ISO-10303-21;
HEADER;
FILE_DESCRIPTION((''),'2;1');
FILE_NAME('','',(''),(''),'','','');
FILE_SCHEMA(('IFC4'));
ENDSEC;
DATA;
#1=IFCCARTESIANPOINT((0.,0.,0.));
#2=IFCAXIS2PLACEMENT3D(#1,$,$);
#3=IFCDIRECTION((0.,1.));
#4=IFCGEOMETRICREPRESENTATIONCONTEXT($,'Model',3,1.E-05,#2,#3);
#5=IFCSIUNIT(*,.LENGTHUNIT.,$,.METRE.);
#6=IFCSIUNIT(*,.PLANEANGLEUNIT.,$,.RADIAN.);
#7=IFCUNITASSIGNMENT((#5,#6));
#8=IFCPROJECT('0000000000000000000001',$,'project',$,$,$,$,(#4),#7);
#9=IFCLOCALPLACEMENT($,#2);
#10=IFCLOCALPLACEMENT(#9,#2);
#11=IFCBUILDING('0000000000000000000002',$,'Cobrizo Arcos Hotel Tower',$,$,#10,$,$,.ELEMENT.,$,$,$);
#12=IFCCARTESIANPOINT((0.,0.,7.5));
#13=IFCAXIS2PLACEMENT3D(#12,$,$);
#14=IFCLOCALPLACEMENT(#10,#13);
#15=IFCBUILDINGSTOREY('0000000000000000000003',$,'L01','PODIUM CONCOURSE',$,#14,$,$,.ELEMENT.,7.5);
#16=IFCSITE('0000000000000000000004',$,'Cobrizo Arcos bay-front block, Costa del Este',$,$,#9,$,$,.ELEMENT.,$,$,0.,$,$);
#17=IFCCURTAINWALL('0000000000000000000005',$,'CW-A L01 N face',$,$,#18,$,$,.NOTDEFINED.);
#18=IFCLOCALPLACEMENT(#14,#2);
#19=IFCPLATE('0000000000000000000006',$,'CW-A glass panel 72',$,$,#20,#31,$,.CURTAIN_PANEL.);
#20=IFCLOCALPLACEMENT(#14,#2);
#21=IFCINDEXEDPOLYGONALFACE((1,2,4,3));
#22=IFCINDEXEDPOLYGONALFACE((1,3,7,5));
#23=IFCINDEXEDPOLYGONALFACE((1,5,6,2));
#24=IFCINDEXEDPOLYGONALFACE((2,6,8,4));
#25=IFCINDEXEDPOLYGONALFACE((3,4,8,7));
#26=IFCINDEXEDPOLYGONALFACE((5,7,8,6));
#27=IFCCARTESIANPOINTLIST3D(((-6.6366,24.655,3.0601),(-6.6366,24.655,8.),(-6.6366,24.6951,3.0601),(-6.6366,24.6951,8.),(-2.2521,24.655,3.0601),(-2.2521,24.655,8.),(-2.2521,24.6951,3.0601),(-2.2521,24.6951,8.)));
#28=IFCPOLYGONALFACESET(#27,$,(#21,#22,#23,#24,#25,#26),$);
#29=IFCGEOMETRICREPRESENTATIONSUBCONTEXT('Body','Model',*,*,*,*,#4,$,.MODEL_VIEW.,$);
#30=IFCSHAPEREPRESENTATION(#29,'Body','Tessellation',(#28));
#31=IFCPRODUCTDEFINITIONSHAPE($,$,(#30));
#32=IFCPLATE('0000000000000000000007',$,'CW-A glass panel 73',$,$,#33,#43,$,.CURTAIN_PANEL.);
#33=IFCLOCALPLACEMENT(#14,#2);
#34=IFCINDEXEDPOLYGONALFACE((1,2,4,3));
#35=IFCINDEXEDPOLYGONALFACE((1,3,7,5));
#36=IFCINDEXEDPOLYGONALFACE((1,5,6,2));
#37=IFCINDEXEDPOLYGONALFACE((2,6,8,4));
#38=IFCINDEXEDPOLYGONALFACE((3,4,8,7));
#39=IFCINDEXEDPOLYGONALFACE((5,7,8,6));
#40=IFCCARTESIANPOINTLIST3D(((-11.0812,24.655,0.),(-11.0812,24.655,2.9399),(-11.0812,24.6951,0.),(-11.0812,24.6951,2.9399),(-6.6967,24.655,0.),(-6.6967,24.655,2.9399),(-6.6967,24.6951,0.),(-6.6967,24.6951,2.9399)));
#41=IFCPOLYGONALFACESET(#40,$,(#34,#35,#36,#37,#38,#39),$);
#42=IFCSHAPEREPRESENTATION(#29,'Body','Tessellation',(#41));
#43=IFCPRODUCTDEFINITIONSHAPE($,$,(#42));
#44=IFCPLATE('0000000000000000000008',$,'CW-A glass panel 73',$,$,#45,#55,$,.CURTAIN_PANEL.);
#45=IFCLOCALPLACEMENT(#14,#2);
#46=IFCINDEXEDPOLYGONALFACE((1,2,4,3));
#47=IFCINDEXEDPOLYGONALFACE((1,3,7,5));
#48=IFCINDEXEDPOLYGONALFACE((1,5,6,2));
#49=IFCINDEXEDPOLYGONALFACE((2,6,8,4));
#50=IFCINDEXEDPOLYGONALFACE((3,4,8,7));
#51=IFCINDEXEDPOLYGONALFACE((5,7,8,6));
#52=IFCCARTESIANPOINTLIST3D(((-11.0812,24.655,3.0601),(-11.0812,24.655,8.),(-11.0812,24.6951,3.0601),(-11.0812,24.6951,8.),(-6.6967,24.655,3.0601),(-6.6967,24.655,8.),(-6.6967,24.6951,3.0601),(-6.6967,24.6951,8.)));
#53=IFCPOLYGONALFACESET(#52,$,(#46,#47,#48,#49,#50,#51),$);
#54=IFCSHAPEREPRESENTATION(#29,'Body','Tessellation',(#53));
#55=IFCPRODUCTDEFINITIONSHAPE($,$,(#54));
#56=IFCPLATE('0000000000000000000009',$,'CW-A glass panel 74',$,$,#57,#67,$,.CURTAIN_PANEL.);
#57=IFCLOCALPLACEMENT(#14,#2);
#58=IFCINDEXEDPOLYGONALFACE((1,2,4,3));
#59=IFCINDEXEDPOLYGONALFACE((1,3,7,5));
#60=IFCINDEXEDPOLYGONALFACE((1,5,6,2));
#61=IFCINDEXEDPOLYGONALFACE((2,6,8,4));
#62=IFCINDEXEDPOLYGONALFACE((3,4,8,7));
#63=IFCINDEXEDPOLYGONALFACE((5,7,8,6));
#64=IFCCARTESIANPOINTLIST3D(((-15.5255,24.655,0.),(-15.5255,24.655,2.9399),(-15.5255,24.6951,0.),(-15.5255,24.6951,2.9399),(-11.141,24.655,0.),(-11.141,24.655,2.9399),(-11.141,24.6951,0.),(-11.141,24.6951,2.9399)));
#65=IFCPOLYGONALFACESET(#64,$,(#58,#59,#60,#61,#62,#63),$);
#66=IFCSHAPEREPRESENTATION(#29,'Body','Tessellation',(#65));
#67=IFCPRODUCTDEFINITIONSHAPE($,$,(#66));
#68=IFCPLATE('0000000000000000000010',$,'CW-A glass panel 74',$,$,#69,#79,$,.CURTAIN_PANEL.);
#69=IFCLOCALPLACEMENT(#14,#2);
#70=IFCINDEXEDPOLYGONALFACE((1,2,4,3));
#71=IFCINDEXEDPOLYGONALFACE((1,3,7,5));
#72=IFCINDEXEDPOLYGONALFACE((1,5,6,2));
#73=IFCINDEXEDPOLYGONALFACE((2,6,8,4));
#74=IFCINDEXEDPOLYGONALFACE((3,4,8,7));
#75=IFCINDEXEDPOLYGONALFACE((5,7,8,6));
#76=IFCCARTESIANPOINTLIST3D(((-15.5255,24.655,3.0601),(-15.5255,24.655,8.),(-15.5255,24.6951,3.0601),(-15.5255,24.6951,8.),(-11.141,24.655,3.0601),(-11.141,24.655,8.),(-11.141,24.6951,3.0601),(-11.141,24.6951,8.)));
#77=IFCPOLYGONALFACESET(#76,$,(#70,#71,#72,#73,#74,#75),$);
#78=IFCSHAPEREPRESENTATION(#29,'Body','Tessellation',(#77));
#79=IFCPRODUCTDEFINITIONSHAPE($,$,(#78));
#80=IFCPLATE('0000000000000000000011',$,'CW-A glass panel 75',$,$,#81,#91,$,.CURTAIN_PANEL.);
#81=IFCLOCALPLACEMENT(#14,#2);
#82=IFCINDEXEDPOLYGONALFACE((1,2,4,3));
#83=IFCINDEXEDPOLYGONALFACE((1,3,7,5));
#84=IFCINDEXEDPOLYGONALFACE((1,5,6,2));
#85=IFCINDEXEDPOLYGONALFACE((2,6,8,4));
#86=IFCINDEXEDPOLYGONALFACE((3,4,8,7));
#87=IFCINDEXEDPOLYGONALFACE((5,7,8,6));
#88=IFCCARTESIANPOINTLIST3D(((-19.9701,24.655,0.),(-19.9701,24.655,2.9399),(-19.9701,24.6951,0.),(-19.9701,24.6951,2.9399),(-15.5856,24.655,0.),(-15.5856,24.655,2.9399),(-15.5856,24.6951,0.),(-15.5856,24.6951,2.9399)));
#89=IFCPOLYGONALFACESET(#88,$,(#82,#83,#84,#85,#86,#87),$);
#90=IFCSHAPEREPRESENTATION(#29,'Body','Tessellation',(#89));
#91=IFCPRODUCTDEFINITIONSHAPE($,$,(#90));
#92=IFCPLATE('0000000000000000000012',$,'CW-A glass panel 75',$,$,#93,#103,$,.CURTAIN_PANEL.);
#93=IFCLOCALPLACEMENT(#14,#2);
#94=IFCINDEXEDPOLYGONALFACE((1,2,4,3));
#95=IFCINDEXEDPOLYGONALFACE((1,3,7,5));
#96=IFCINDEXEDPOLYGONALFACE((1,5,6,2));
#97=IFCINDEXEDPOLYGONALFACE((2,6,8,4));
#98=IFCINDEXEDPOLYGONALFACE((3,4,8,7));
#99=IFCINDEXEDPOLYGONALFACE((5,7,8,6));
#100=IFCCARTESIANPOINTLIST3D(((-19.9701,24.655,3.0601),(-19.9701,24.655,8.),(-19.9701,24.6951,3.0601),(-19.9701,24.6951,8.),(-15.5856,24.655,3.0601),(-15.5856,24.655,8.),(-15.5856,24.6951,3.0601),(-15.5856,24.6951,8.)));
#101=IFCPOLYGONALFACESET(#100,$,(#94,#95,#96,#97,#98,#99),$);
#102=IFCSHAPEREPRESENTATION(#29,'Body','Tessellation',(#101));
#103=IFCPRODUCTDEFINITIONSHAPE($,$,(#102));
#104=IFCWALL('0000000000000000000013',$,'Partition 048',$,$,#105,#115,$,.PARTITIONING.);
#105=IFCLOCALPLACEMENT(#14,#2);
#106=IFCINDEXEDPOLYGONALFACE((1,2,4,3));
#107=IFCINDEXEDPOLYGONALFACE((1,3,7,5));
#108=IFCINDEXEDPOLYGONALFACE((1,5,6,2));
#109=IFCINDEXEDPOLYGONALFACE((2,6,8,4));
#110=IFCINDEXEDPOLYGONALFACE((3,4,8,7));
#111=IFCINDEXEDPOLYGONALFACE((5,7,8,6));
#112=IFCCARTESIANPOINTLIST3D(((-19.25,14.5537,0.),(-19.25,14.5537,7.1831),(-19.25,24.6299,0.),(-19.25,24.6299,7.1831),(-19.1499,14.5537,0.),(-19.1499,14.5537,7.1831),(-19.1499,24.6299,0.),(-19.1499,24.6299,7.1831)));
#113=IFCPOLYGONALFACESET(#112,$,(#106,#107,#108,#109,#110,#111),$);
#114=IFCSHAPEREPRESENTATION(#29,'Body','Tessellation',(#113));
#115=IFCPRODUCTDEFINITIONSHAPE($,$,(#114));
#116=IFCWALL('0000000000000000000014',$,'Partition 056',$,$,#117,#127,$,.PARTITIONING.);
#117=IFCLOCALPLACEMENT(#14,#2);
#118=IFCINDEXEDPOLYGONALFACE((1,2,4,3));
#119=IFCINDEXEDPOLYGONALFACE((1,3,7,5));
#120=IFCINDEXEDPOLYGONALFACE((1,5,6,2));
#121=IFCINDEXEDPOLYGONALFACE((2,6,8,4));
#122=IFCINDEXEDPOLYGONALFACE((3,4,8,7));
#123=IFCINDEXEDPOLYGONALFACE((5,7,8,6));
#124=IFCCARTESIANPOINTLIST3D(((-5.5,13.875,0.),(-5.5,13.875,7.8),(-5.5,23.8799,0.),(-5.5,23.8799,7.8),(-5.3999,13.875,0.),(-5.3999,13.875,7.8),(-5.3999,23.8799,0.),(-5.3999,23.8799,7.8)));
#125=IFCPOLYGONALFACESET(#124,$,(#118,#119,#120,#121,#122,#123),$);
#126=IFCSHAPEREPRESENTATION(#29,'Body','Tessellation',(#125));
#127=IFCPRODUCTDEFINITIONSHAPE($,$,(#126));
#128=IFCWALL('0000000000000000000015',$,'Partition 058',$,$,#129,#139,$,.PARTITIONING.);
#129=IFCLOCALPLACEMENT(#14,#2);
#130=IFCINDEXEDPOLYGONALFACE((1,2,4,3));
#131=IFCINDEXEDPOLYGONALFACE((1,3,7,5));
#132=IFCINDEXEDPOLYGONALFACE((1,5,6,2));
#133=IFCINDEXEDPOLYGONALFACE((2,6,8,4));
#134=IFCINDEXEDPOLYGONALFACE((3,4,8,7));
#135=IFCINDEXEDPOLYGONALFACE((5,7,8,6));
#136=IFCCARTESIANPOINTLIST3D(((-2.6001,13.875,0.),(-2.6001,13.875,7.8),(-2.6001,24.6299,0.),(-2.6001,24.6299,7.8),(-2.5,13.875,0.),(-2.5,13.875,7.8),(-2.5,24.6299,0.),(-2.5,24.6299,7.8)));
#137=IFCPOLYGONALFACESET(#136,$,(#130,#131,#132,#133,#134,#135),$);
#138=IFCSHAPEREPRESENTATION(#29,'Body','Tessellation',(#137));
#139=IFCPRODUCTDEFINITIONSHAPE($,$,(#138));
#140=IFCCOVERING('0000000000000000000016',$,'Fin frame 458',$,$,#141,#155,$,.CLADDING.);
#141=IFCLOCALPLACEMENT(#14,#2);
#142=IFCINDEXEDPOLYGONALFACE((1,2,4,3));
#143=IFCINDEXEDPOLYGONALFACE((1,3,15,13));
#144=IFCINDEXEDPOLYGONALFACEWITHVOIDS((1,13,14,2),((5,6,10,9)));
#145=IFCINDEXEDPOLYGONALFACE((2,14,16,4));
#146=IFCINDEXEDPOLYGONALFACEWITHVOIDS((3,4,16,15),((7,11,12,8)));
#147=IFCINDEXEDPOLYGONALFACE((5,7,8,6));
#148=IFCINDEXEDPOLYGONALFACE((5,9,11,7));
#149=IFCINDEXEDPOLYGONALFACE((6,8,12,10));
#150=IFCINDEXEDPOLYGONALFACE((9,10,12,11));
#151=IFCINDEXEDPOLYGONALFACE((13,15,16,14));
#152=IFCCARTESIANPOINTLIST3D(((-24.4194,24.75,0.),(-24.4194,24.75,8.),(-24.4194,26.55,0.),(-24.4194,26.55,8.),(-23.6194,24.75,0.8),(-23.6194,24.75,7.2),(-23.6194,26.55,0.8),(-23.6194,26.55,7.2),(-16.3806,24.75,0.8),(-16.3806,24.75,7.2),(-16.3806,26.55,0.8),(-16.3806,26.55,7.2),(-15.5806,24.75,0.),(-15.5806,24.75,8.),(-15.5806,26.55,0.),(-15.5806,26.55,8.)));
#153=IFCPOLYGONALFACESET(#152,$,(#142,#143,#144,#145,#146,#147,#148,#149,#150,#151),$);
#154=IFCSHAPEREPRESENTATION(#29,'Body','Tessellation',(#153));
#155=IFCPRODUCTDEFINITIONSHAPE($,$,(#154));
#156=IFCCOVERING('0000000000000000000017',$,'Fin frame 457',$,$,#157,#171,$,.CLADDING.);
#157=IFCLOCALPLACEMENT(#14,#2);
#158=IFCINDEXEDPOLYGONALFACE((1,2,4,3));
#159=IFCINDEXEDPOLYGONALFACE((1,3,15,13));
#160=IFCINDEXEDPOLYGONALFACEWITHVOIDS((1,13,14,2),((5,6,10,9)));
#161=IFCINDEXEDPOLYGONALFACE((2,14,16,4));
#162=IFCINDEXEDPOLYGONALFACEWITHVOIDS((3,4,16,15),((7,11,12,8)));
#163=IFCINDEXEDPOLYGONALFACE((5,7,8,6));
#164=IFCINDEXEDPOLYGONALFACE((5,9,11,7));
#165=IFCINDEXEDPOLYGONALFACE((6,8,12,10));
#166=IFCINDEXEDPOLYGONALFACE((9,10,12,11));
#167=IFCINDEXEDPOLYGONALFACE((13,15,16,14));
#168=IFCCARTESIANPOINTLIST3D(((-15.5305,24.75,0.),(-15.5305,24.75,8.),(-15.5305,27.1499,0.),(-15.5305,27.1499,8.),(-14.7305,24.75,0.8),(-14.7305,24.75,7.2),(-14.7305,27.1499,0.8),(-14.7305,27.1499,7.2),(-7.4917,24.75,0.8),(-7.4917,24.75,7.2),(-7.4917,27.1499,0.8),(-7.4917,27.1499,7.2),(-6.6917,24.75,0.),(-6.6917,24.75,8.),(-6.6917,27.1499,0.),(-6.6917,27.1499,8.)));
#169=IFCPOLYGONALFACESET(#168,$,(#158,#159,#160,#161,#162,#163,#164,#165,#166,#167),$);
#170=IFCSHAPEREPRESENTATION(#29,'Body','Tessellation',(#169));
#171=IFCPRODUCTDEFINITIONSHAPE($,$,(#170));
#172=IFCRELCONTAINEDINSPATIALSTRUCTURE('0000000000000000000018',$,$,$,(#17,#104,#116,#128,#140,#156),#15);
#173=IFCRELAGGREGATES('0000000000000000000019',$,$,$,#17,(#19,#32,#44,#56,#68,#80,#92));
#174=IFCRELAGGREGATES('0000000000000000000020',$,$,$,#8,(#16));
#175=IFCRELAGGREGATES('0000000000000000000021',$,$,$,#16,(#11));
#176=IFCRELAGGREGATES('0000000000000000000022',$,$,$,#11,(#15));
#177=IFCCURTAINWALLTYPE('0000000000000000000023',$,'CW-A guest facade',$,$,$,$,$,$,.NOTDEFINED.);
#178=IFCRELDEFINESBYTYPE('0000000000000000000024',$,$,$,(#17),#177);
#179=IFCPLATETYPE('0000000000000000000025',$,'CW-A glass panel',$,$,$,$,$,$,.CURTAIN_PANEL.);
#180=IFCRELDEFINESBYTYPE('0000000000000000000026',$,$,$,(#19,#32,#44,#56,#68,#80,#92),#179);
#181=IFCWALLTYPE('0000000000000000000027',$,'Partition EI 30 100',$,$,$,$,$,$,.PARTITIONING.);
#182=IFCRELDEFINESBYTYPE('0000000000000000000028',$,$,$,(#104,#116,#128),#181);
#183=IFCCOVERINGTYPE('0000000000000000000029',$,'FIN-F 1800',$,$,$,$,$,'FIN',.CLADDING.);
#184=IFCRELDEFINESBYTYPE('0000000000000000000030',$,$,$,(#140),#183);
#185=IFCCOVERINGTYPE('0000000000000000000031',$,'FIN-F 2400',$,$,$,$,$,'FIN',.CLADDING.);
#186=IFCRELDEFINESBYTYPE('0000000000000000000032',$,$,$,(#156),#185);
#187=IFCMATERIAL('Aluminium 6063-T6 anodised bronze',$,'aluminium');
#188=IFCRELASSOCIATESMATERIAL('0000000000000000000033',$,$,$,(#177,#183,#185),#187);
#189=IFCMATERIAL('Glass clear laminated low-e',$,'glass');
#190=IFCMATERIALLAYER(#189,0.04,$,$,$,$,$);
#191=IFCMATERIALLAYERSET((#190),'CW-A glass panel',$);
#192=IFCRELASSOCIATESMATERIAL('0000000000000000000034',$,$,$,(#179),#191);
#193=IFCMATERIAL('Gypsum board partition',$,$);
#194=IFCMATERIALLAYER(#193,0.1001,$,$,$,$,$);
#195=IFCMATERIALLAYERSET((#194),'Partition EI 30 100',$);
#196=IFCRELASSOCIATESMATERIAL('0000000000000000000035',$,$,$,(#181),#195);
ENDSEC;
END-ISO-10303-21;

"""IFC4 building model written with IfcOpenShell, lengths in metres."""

from ifc_helpers import new_model, si_unit, direction, frame, frame_2d, origin, origin_2d, place, context, subcontext, project, spatial, polyline, rectangle, outline, extrude, material, layer, layer_set, type_object, element, aggregate, save


model = new_model("IFC4")

# Units and contexts
model_context = context("Model", 3, precision=1e-05, world=origin(), true_north=direction((0.0, 1.0)))
body_context = subcontext(model_context, "Body", "Model", "MODEL_VIEW")
ifc_project = project(units=[si_unit("LENGTHUNIT", "METRE"), si_unit("PLANEANGLEUNIT", "RADIAN")], contexts=[model_context])

# Site, building, storey
site_placement = place(None, origin())
site = spatial("IfcSite", under=ifc_project, at=site_placement, Name="Cobrizo Arcos bay-front block, Costa del Este", CompositionType="ELEMENT", RefElevation=0.0)
building_placement = place(site_placement, origin())
building = spatial("IfcBuilding", under=site, at=building_placement, Name="Cobrizo Arcos Hotel Tower", CompositionType="ELEMENT")
storey_placement = place(building_placement, frame((0.0, 0.0, 7.5)))
storey = spatial("IfcBuildingStorey", under=building, at=storey_placement, Name="L01", Description="PODIUM CONCOURSE", CompositionType="ELEMENT", Elevation=7.5)

# Curtain wall
ifc_material_1 = material(Name="Aluminium 6063-T6 anodised bronze", Category="aluminium")
curtain_wall_type = type_object("IfcCurtainWallType", Name="CW-A guest facade", PredefinedType="NOTDEFINED", material=ifc_material_1)
curtain_wall_placement = place(storey_placement, origin())
curtain_wall = element("IfcCurtainWall", 1, at=curtain_wall_placement, inside=storey, type_object=curtain_wall_type, Name="CW-A L01 N face", PredefinedType="NOTDEFINED")

# Plates
ifc_material_2 = material(Name="Glass clear laminated low-e", Category="glass")
ifc_layer_1 = layer(ifc_material_2, 0.04)
ifc_layer_set_1 = layer_set([ifc_layer_1], Name="CW-A glass panel")
plate_type = type_object("IfcPlateType", Name="CW-A glass panel", PredefinedType="CURTAIN_PANEL", material=ifc_layer_set_1)
plate_1_placement = place(storey_placement, frame((-4.4443, 24.675, 3.0601), z_axis=(0.0, 0.0, 1.0), x_axis=(-1.0, 0.0, 0.0)))
plate_1 = element("IfcPlate", 2, at=plate_1_placement, type_object=plate_type, Name="CW-A glass panel 72", PredefinedType="CURTAIN_PANEL", context=body_context, shape_type="SweptSolid", body=[
    extrude(rectangle(XDim=4.3845, YDim=0.04, at=origin_2d()), origin(), (0.0, 0.0, 1.0), 4.9399),
])
plate_2_placement = place(storey_placement, frame((-8.8889, 24.675, 0.0), z_axis=(0.0, 0.0, 1.0), x_axis=(-1.0, 0.0, 0.0)))
plate_2 = element("IfcPlate", 3, at=plate_2_placement, type_object=plate_type, Name="CW-A glass panel 73", PredefinedType="CURTAIN_PANEL", context=body_context, shape_type="SweptSolid", body=[
    extrude(rectangle(XDim=4.3845, YDim=0.04, at=origin_2d()), origin(), (0.0, 0.0, 1.0), 2.9399),
])
plate_3_placement = place(storey_placement, frame((-8.8889, 24.675, 3.0601), z_axis=(0.0, 0.0, 1.0), x_axis=(-1.0, 0.0, 0.0)))
plate_3 = element("IfcPlate", 4, at=plate_3_placement, type_object=plate_type, Name="CW-A glass panel 73", PredefinedType="CURTAIN_PANEL", context=body_context, shape_type="SweptSolid", body=[
    extrude(rectangle(XDim=4.3845, YDim=0.04, at=origin_2d()), origin(), (0.0, 0.0, 1.0), 4.9399),
])
plate_4_placement = place(storey_placement, frame((-13.3333, 24.675, 0.0), z_axis=(0.0, 0.0, 1.0), x_axis=(-1.0, 0.0, 0.0)))
plate_4 = element("IfcPlate", 5, at=plate_4_placement, type_object=plate_type, Name="CW-A glass panel 74", PredefinedType="CURTAIN_PANEL", context=body_context, shape_type="SweptSolid", body=[
    extrude(rectangle(XDim=4.3845, YDim=0.04, at=origin_2d()), origin(), (0.0, 0.0, 1.0), 2.9399),
])
plate_5_placement = place(storey_placement, frame((-13.3333, 24.675, 3.0601), z_axis=(0.0, 0.0, 1.0), x_axis=(-1.0, 0.0, 0.0)))
plate_5 = element("IfcPlate", 6, at=plate_5_placement, type_object=plate_type, Name="CW-A glass panel 74", PredefinedType="CURTAIN_PANEL", context=body_context, shape_type="SweptSolid", body=[
    extrude(rectangle(XDim=4.3845, YDim=0.04, at=origin_2d()), origin(), (0.0, 0.0, 1.0), 4.9399),
])
plate_6_placement = place(storey_placement, frame((-17.7778, 24.675, 0.0), z_axis=(0.0, 0.0, 1.0), x_axis=(-1.0, 0.0, 0.0)))
plate_6 = element("IfcPlate", 7, at=plate_6_placement, type_object=plate_type, Name="CW-A glass panel 75", PredefinedType="CURTAIN_PANEL", context=body_context, shape_type="SweptSolid", body=[
    extrude(rectangle(XDim=4.3845, YDim=0.04, at=origin_2d()), origin(), (0.0, 0.0, 1.0), 2.9399),
])
plate_7_placement = place(storey_placement, frame((-17.7778, 24.675, 3.0601), z_axis=(0.0, 0.0, 1.0), x_axis=(-1.0, 0.0, 0.0)))
plate_7 = element("IfcPlate", 8, at=plate_7_placement, type_object=plate_type, Name="CW-A glass panel 75", PredefinedType="CURTAIN_PANEL", context=body_context, shape_type="SweptSolid", body=[
    extrude(rectangle(XDim=4.3845, YDim=0.04, at=origin_2d()), origin(), (0.0, 0.0, 1.0), 4.9399),
])
aggregate(curtain_wall, [plate_1, plate_2, plate_3, plate_4, plate_5, plate_6, plate_7])

# Walls
ifc_material_3 = material(Name="Gypsum board partition")
ifc_layer_2 = layer(ifc_material_3, 0.1001)
ifc_layer_set_2 = layer_set([ifc_layer_2], Name="Partition EI 30 100")
wall_type = type_object("IfcWallType", Name="Partition EI 30 100", PredefinedType="PARTITIONING", material=ifc_layer_set_2)
wall_1_placement = place(storey_placement, frame((-19.2, 14.5537, 0.0), z_axis=(0.0, 0.0, 1.0), x_axis=(0.0, 1.0, 0.0)))
element("IfcWall", 9, at=wall_1_placement, inside=storey, type_object=wall_type, Name="Partition 048", PredefinedType="PARTITIONING", context=body_context, shape_type="SweptSolid", body=[
    extrude(rectangle(XDim=10.0762, YDim=0.1001, at=frame_2d((5.0381, 0.0))), origin(), (0.0, 0.0, 1.0), 7.1831),
])
wall_2_placement = place(storey_placement, frame((-5.45, 13.875, 0.0), z_axis=(0.0, 0.0, 1.0), x_axis=(0.0, 1.0, 0.0)))
element("IfcWall", 10, at=wall_2_placement, inside=storey, type_object=wall_type, Name="Partition 056", PredefinedType="PARTITIONING", context=body_context, shape_type="SweptSolid", body=[
    extrude(rectangle(XDim=10.0049, YDim=0.1001, at=frame_2d((5.0024, 0.0))), origin(), (0.0, 0.0, 1.0), 7.8),
])
wall_3_placement = place(storey_placement, frame((-2.55, 13.875, 0.0), z_axis=(0.0, 0.0, 1.0), x_axis=(0.0, 1.0, 0.0)))
element("IfcWall", 11, at=wall_3_placement, inside=storey, type_object=wall_type, Name="Partition 058", PredefinedType="PARTITIONING", context=body_context, shape_type="SweptSolid", body=[
    extrude(rectangle(XDim=10.7549, YDim=0.1001, at=frame_2d((5.3774, 0.0))), origin(), (0.0, 0.0, 1.0), 7.8),
])

# Coverings
covering_type_1 = type_object("IfcCoveringType", Name="FIN-F 1800", ElementType="FIN", PredefinedType="CLADDING", material=ifc_material_1)
covering_1_placement = place(storey_placement, frame((-15.5806, 24.75, 0.0), z_axis=(0.0, 1.0, 0.0), x_axis=(-1.0, 0.0, 0.0)))
element("IfcCovering", 12, at=covering_1_placement, inside=storey, type_object=covering_type_1, Name="Fin frame 458", PredefinedType="CLADDING", context=body_context, shape_type="SweptSolid", body=[
    extrude(outline(polyline([(0.0, 8.0), (0.0, 0.0), (8.8389, 0.0), (8.8389, 8.0), (0.0, 8.0)]), holes=[polyline([(8.0388, 0.8), (0.8, 0.8), (0.8, 7.2), (8.0388, 7.2), (8.0388, 0.8)])]), origin(), (0.0, 0.0, 1.0), 1.8),
])
covering_type_2 = type_object("IfcCoveringType", Name="FIN-F 2400", ElementType="FIN", PredefinedType="CLADDING", material=ifc_material_1)
covering_2_placement = place(storey_placement, frame((-6.6917, 24.75, 0.0), z_axis=(0.0, 1.0, 0.0), x_axis=(-1.0, 0.0, 0.0)))
element("IfcCovering", 13, at=covering_2_placement, inside=storey, type_object=covering_type_2, Name="Fin frame 457", PredefinedType="CLADDING", context=body_context, shape_type="SweptSolid", body=[
    extrude(outline(polyline([(0.0, 8.0), (0.0, 0.0), (8.8389, 0.0), (8.8389, 8.0), (0.0, 8.0)]), holes=[polyline([(8.0388, 0.8), (0.8, 0.8), (0.8, 7.2), (8.0388, 7.2), (8.0388, 0.8)])]), origin(), (0.0, 0.0, 1.0), 2.3999),
])

save(model, "model.ifc")
